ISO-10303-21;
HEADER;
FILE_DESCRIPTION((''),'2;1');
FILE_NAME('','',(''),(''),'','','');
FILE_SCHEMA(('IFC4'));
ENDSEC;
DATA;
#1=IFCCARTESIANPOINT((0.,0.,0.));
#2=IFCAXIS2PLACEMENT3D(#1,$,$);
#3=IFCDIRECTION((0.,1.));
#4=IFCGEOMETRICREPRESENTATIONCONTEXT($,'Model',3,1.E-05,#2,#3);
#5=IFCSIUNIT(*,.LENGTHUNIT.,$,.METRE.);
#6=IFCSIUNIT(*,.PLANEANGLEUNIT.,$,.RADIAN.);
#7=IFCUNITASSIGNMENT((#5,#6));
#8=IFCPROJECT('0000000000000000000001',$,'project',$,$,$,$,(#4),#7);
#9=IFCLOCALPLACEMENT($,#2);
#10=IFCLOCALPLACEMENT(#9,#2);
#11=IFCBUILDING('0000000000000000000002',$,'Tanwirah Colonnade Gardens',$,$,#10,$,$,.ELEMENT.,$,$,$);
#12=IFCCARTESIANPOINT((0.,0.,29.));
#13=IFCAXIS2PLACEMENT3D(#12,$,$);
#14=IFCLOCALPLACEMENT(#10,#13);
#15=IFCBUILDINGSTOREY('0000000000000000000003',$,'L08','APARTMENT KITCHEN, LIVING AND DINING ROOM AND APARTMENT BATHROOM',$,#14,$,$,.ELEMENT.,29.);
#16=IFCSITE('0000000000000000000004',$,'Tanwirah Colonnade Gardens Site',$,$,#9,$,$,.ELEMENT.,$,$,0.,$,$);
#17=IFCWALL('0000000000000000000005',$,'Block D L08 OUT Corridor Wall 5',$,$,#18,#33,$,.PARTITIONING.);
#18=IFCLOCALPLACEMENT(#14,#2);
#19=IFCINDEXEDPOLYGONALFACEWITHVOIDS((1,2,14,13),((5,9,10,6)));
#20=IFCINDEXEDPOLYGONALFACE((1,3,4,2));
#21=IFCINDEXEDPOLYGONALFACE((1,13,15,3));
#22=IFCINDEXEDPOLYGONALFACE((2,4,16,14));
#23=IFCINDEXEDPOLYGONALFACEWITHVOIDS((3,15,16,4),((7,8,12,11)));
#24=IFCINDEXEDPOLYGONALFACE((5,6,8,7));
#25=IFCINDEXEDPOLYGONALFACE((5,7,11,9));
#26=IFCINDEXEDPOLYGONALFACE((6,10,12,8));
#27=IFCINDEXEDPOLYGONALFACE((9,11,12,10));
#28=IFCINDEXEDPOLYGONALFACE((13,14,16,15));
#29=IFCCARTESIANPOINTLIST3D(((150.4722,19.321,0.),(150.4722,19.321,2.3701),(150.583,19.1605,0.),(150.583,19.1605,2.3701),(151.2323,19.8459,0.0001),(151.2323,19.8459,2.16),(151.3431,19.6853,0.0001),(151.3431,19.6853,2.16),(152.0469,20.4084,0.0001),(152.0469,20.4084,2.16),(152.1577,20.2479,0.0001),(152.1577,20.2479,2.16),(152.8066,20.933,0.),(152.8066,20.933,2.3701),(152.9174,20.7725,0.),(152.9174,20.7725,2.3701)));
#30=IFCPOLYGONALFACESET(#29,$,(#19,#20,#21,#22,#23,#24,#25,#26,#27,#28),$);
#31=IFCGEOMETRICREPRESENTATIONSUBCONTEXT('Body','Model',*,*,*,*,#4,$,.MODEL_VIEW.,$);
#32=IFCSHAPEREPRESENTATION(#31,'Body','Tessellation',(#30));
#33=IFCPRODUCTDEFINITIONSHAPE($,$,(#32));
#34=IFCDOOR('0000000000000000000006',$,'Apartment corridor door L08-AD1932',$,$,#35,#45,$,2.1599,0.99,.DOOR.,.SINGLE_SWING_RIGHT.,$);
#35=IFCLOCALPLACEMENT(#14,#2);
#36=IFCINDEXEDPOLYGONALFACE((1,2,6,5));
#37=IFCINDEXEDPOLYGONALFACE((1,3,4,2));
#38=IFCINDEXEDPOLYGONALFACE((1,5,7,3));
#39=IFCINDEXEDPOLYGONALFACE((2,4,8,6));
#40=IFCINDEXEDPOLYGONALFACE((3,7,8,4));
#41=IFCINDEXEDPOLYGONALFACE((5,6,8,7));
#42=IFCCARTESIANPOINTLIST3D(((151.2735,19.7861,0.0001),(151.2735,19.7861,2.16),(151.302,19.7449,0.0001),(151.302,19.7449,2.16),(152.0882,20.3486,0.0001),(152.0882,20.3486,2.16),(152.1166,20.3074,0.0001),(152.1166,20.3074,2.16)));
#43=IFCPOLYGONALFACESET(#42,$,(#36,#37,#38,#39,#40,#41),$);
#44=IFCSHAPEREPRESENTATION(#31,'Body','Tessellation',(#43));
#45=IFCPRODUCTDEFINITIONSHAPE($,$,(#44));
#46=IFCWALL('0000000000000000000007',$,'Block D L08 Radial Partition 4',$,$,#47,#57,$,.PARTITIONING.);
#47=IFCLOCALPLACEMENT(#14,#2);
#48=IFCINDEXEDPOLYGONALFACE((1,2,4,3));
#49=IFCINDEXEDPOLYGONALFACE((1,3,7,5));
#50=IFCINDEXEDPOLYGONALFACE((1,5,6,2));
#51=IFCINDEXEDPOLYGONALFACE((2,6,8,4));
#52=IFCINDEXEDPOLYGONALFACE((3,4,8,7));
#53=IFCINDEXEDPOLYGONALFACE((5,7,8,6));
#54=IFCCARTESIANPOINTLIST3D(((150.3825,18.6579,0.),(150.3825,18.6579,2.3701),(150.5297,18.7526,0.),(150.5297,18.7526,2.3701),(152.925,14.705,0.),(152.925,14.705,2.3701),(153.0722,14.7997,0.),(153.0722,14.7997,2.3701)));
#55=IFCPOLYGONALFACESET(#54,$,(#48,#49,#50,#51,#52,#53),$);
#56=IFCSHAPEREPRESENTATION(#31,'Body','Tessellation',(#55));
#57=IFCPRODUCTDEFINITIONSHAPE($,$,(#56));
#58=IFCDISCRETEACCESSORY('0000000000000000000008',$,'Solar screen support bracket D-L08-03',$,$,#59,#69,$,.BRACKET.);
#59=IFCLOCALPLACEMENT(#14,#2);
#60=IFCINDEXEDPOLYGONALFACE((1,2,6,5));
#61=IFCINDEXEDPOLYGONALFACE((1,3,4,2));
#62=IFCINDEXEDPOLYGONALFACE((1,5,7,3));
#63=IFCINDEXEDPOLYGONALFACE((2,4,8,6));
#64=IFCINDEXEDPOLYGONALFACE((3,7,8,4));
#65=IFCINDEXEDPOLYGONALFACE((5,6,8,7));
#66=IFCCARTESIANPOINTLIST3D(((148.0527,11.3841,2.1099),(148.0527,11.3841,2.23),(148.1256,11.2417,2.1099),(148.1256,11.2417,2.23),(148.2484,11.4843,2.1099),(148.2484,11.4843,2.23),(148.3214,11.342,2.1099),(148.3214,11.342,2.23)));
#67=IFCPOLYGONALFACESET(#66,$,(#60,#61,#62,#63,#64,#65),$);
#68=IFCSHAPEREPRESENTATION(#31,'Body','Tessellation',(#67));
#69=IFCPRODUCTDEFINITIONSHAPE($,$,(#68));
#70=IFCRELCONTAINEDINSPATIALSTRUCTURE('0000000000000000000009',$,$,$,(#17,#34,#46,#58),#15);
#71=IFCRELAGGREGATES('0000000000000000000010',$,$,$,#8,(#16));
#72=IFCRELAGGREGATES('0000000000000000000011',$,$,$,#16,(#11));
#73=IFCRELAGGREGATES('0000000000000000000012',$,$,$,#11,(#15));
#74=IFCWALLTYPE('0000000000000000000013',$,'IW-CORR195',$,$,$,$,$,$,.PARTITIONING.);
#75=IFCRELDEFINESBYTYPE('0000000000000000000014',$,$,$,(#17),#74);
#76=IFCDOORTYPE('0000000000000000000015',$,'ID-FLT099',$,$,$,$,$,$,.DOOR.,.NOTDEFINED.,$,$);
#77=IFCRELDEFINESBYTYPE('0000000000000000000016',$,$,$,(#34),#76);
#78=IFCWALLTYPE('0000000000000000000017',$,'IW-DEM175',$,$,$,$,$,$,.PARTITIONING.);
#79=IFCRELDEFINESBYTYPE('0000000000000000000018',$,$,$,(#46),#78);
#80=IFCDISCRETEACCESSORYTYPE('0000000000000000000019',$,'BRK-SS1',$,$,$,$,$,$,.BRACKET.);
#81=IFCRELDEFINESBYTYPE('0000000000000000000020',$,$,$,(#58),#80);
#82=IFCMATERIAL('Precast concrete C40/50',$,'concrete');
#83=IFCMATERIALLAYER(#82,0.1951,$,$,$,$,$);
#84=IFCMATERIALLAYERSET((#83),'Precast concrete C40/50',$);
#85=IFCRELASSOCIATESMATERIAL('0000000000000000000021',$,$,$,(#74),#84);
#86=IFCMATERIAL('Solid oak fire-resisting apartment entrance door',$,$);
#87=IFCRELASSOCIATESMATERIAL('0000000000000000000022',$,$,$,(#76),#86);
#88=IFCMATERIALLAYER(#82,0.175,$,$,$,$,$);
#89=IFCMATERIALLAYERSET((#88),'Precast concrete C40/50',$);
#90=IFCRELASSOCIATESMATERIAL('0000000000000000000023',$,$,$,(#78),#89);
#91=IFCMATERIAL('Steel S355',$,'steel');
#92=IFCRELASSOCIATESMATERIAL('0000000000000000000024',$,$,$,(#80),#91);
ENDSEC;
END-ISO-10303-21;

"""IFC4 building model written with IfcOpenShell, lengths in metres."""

from ifc_helpers import new_model, si_unit, direction, frame, frame_2d, origin, origin_2d, place, context, subcontext, project, spatial, rectangle, extrude, material, layer, layer_set, type_object, element, fill, save


model = new_model("IFC4")

# Units and contexts
model_context = context("Model", 3, precision=1e-05, world=origin(), true_north=direction((0.0, 1.0)))
body_context = subcontext(model_context, "Body", "Model", "MODEL_VIEW")
ifc_project = project(units=[si_unit("LENGTHUNIT", "METRE"), si_unit("PLANEANGLEUNIT", "RADIAN")], contexts=[model_context])

# Site, building, storey
site_placement = place(None, origin())
site = spatial("IfcSite", under=ifc_project, at=site_placement, Name="Tanwirah Colonnade Gardens Site", CompositionType="ELEMENT", RefElevation=0.0)
building_placement = place(site_placement, origin())
building = spatial("IfcBuilding", under=site, at=building_placement, Name="Tanwirah Colonnade Gardens", CompositionType="ELEMENT")
storey_placement = place(building_placement, frame((0.0, 0.0, 29.0)))
storey = spatial("IfcBuildingStorey", under=building, at=storey_placement, Name="L08", Description="APARTMENT KITCHEN, LIVING AND DINING ROOM AND APARTMENT BATHROOM", CompositionType="ELEMENT", Elevation=29.0)

# Shared definitions
ifc_material_1 = material(Name="Precast concrete C40/50", Category="concrete")

# Wall, opening, door
ifc_layer_1 = layer(ifc_material_1, 0.1951)
ifc_layer_set_1 = layer_set([ifc_layer_1], Name="Precast concrete C40/50")
wall_type_1 = type_object("IfcWallType", Name="IW-CORR195", PredefinedType="PARTITIONING", material=ifc_layer_set_1)
ifc_material_2 = material(Name="Solid oak fire-resisting apartment entrance door")
wall_1_placement = place(storey_placement, frame((150.5276, 19.2407, 0.0), z_axis=(0.0, 0.0, 1.0), x_axis=(0.82287, 0.56823, 0.0)))
wall_1 = element("IfcWall", 1, at=wall_1_placement, inside=storey, type_object=wall_type_1, Name="Block D L08 OUT Corridor Wall 5", PredefinedType="PARTITIONING", context=body_context, shape_type="SweptSolid", body=[
    extrude(rectangle(XDim=2.8369, YDim=0.1951, at=frame_2d((1.4185, 0.0))), origin(), (0.0, 0.0, 1.0), 2.3701),
])
opening_1_placement = place(wall_1_placement, frame((0.9236, 0.0, 0.0)))
opening_1 = element("IfcOpeningElement", 2, at=opening_1_placement, cuts=wall_1, PredefinedType="OPENING", context=body_context, shape_type="SweptSolid", body=[
    extrude(rectangle(XDim=0.99, YDim=2.1599, at=frame_2d((0.4951, 1.0801))), frame((0.0, 0.1074, 0.0), z_axis=(0.0, -1.0, 0.0), x_axis=(1.0, 0.0, 0.0)), (0.0, 0.0, 1.0), 0.2151),
])
door_type_1 = type_object("IfcDoorType", Name="ID-FLT099", OperationType="NOTDEFINED", PredefinedType="DOOR", material=ifc_material_2)
door_1_placement = place(opening_1_placement, origin())
door_1 = element("IfcDoor", 3, at=door_1_placement, inside=storey, type_object=door_type_1, Name="Apartment corridor door L08-AD1932", OperationType="SINGLE_SWING_RIGHT", OverallHeight=2.1599, OverallWidth=0.99, PredefinedType="DOOR", context=body_context, shape_type="SweptSolid", body=[
    extrude(rectangle(XDim=0.99, YDim=2.1599, at=frame_2d((0.4951, 1.0801))), frame((0.0, 0.0249, 0.0), z_axis=(0.0, -1.0, 0.0), x_axis=(1.0, 0.0, 0.0)), (0.0, 0.0, 1.0), 0.05),
])
fill(opening_1, door_1)

# Wall
ifc_layer_2 = layer(ifc_material_1, 0.175)
ifc_layer_set_2 = layer_set([ifc_layer_2], Name="Precast concrete C40/50")
wall_type_2 = type_object("IfcWallType", Name="IW-DEM175", PredefinedType="PARTITIONING", material=ifc_layer_set_2)
wall_2_placement = place(storey_placement, frame((150.4561, 18.7053, 0.0), z_axis=(0.0, 0.0, 1.0), x_axis=(0.54096, -0.841048, 0.0)))
element("IfcWall", 4, at=wall_2_placement, inside=storey, type_object=wall_type_2, Name="Block D L08 Radial Partition 4", PredefinedType="PARTITIONING", context=body_context, shape_type="SweptSolid", body=[
    extrude(rectangle(XDim=4.7, YDim=0.175, at=frame_2d((2.3501, 0.0))), origin(), (0.0, 0.0, 1.0), 2.3701),
])

# Discrete accessory
ifc_material_3 = material(Name="Steel S355", Category="steel")
discrete_accessory_type = type_object("IfcDiscreteAccessoryType", Name="BRK-SS1", PredefinedType="BRACKET", material=ifc_material_3)
discrete_accessory_placement = place(storey_placement, frame((148.187, 11.363, 2.1099), z_axis=(0.0, 0.0, 1.0), x_axis=(0.890014, 0.455934, 0.0)))
element("IfcDiscreteAccessory", 5, at=discrete_accessory_placement, inside=storey, type_object=discrete_accessory_type, Name="Solar screen support bracket D-L08-03", PredefinedType="BRACKET", context=body_context, shape_type="SweptSolid", body=[
    extrude(rectangle(XDim=0.22, YDim=0.1599, at=origin_2d()), origin(), (0.0, 0.0, 1.0), 0.1201),
])

save(model, "model.ifc")
